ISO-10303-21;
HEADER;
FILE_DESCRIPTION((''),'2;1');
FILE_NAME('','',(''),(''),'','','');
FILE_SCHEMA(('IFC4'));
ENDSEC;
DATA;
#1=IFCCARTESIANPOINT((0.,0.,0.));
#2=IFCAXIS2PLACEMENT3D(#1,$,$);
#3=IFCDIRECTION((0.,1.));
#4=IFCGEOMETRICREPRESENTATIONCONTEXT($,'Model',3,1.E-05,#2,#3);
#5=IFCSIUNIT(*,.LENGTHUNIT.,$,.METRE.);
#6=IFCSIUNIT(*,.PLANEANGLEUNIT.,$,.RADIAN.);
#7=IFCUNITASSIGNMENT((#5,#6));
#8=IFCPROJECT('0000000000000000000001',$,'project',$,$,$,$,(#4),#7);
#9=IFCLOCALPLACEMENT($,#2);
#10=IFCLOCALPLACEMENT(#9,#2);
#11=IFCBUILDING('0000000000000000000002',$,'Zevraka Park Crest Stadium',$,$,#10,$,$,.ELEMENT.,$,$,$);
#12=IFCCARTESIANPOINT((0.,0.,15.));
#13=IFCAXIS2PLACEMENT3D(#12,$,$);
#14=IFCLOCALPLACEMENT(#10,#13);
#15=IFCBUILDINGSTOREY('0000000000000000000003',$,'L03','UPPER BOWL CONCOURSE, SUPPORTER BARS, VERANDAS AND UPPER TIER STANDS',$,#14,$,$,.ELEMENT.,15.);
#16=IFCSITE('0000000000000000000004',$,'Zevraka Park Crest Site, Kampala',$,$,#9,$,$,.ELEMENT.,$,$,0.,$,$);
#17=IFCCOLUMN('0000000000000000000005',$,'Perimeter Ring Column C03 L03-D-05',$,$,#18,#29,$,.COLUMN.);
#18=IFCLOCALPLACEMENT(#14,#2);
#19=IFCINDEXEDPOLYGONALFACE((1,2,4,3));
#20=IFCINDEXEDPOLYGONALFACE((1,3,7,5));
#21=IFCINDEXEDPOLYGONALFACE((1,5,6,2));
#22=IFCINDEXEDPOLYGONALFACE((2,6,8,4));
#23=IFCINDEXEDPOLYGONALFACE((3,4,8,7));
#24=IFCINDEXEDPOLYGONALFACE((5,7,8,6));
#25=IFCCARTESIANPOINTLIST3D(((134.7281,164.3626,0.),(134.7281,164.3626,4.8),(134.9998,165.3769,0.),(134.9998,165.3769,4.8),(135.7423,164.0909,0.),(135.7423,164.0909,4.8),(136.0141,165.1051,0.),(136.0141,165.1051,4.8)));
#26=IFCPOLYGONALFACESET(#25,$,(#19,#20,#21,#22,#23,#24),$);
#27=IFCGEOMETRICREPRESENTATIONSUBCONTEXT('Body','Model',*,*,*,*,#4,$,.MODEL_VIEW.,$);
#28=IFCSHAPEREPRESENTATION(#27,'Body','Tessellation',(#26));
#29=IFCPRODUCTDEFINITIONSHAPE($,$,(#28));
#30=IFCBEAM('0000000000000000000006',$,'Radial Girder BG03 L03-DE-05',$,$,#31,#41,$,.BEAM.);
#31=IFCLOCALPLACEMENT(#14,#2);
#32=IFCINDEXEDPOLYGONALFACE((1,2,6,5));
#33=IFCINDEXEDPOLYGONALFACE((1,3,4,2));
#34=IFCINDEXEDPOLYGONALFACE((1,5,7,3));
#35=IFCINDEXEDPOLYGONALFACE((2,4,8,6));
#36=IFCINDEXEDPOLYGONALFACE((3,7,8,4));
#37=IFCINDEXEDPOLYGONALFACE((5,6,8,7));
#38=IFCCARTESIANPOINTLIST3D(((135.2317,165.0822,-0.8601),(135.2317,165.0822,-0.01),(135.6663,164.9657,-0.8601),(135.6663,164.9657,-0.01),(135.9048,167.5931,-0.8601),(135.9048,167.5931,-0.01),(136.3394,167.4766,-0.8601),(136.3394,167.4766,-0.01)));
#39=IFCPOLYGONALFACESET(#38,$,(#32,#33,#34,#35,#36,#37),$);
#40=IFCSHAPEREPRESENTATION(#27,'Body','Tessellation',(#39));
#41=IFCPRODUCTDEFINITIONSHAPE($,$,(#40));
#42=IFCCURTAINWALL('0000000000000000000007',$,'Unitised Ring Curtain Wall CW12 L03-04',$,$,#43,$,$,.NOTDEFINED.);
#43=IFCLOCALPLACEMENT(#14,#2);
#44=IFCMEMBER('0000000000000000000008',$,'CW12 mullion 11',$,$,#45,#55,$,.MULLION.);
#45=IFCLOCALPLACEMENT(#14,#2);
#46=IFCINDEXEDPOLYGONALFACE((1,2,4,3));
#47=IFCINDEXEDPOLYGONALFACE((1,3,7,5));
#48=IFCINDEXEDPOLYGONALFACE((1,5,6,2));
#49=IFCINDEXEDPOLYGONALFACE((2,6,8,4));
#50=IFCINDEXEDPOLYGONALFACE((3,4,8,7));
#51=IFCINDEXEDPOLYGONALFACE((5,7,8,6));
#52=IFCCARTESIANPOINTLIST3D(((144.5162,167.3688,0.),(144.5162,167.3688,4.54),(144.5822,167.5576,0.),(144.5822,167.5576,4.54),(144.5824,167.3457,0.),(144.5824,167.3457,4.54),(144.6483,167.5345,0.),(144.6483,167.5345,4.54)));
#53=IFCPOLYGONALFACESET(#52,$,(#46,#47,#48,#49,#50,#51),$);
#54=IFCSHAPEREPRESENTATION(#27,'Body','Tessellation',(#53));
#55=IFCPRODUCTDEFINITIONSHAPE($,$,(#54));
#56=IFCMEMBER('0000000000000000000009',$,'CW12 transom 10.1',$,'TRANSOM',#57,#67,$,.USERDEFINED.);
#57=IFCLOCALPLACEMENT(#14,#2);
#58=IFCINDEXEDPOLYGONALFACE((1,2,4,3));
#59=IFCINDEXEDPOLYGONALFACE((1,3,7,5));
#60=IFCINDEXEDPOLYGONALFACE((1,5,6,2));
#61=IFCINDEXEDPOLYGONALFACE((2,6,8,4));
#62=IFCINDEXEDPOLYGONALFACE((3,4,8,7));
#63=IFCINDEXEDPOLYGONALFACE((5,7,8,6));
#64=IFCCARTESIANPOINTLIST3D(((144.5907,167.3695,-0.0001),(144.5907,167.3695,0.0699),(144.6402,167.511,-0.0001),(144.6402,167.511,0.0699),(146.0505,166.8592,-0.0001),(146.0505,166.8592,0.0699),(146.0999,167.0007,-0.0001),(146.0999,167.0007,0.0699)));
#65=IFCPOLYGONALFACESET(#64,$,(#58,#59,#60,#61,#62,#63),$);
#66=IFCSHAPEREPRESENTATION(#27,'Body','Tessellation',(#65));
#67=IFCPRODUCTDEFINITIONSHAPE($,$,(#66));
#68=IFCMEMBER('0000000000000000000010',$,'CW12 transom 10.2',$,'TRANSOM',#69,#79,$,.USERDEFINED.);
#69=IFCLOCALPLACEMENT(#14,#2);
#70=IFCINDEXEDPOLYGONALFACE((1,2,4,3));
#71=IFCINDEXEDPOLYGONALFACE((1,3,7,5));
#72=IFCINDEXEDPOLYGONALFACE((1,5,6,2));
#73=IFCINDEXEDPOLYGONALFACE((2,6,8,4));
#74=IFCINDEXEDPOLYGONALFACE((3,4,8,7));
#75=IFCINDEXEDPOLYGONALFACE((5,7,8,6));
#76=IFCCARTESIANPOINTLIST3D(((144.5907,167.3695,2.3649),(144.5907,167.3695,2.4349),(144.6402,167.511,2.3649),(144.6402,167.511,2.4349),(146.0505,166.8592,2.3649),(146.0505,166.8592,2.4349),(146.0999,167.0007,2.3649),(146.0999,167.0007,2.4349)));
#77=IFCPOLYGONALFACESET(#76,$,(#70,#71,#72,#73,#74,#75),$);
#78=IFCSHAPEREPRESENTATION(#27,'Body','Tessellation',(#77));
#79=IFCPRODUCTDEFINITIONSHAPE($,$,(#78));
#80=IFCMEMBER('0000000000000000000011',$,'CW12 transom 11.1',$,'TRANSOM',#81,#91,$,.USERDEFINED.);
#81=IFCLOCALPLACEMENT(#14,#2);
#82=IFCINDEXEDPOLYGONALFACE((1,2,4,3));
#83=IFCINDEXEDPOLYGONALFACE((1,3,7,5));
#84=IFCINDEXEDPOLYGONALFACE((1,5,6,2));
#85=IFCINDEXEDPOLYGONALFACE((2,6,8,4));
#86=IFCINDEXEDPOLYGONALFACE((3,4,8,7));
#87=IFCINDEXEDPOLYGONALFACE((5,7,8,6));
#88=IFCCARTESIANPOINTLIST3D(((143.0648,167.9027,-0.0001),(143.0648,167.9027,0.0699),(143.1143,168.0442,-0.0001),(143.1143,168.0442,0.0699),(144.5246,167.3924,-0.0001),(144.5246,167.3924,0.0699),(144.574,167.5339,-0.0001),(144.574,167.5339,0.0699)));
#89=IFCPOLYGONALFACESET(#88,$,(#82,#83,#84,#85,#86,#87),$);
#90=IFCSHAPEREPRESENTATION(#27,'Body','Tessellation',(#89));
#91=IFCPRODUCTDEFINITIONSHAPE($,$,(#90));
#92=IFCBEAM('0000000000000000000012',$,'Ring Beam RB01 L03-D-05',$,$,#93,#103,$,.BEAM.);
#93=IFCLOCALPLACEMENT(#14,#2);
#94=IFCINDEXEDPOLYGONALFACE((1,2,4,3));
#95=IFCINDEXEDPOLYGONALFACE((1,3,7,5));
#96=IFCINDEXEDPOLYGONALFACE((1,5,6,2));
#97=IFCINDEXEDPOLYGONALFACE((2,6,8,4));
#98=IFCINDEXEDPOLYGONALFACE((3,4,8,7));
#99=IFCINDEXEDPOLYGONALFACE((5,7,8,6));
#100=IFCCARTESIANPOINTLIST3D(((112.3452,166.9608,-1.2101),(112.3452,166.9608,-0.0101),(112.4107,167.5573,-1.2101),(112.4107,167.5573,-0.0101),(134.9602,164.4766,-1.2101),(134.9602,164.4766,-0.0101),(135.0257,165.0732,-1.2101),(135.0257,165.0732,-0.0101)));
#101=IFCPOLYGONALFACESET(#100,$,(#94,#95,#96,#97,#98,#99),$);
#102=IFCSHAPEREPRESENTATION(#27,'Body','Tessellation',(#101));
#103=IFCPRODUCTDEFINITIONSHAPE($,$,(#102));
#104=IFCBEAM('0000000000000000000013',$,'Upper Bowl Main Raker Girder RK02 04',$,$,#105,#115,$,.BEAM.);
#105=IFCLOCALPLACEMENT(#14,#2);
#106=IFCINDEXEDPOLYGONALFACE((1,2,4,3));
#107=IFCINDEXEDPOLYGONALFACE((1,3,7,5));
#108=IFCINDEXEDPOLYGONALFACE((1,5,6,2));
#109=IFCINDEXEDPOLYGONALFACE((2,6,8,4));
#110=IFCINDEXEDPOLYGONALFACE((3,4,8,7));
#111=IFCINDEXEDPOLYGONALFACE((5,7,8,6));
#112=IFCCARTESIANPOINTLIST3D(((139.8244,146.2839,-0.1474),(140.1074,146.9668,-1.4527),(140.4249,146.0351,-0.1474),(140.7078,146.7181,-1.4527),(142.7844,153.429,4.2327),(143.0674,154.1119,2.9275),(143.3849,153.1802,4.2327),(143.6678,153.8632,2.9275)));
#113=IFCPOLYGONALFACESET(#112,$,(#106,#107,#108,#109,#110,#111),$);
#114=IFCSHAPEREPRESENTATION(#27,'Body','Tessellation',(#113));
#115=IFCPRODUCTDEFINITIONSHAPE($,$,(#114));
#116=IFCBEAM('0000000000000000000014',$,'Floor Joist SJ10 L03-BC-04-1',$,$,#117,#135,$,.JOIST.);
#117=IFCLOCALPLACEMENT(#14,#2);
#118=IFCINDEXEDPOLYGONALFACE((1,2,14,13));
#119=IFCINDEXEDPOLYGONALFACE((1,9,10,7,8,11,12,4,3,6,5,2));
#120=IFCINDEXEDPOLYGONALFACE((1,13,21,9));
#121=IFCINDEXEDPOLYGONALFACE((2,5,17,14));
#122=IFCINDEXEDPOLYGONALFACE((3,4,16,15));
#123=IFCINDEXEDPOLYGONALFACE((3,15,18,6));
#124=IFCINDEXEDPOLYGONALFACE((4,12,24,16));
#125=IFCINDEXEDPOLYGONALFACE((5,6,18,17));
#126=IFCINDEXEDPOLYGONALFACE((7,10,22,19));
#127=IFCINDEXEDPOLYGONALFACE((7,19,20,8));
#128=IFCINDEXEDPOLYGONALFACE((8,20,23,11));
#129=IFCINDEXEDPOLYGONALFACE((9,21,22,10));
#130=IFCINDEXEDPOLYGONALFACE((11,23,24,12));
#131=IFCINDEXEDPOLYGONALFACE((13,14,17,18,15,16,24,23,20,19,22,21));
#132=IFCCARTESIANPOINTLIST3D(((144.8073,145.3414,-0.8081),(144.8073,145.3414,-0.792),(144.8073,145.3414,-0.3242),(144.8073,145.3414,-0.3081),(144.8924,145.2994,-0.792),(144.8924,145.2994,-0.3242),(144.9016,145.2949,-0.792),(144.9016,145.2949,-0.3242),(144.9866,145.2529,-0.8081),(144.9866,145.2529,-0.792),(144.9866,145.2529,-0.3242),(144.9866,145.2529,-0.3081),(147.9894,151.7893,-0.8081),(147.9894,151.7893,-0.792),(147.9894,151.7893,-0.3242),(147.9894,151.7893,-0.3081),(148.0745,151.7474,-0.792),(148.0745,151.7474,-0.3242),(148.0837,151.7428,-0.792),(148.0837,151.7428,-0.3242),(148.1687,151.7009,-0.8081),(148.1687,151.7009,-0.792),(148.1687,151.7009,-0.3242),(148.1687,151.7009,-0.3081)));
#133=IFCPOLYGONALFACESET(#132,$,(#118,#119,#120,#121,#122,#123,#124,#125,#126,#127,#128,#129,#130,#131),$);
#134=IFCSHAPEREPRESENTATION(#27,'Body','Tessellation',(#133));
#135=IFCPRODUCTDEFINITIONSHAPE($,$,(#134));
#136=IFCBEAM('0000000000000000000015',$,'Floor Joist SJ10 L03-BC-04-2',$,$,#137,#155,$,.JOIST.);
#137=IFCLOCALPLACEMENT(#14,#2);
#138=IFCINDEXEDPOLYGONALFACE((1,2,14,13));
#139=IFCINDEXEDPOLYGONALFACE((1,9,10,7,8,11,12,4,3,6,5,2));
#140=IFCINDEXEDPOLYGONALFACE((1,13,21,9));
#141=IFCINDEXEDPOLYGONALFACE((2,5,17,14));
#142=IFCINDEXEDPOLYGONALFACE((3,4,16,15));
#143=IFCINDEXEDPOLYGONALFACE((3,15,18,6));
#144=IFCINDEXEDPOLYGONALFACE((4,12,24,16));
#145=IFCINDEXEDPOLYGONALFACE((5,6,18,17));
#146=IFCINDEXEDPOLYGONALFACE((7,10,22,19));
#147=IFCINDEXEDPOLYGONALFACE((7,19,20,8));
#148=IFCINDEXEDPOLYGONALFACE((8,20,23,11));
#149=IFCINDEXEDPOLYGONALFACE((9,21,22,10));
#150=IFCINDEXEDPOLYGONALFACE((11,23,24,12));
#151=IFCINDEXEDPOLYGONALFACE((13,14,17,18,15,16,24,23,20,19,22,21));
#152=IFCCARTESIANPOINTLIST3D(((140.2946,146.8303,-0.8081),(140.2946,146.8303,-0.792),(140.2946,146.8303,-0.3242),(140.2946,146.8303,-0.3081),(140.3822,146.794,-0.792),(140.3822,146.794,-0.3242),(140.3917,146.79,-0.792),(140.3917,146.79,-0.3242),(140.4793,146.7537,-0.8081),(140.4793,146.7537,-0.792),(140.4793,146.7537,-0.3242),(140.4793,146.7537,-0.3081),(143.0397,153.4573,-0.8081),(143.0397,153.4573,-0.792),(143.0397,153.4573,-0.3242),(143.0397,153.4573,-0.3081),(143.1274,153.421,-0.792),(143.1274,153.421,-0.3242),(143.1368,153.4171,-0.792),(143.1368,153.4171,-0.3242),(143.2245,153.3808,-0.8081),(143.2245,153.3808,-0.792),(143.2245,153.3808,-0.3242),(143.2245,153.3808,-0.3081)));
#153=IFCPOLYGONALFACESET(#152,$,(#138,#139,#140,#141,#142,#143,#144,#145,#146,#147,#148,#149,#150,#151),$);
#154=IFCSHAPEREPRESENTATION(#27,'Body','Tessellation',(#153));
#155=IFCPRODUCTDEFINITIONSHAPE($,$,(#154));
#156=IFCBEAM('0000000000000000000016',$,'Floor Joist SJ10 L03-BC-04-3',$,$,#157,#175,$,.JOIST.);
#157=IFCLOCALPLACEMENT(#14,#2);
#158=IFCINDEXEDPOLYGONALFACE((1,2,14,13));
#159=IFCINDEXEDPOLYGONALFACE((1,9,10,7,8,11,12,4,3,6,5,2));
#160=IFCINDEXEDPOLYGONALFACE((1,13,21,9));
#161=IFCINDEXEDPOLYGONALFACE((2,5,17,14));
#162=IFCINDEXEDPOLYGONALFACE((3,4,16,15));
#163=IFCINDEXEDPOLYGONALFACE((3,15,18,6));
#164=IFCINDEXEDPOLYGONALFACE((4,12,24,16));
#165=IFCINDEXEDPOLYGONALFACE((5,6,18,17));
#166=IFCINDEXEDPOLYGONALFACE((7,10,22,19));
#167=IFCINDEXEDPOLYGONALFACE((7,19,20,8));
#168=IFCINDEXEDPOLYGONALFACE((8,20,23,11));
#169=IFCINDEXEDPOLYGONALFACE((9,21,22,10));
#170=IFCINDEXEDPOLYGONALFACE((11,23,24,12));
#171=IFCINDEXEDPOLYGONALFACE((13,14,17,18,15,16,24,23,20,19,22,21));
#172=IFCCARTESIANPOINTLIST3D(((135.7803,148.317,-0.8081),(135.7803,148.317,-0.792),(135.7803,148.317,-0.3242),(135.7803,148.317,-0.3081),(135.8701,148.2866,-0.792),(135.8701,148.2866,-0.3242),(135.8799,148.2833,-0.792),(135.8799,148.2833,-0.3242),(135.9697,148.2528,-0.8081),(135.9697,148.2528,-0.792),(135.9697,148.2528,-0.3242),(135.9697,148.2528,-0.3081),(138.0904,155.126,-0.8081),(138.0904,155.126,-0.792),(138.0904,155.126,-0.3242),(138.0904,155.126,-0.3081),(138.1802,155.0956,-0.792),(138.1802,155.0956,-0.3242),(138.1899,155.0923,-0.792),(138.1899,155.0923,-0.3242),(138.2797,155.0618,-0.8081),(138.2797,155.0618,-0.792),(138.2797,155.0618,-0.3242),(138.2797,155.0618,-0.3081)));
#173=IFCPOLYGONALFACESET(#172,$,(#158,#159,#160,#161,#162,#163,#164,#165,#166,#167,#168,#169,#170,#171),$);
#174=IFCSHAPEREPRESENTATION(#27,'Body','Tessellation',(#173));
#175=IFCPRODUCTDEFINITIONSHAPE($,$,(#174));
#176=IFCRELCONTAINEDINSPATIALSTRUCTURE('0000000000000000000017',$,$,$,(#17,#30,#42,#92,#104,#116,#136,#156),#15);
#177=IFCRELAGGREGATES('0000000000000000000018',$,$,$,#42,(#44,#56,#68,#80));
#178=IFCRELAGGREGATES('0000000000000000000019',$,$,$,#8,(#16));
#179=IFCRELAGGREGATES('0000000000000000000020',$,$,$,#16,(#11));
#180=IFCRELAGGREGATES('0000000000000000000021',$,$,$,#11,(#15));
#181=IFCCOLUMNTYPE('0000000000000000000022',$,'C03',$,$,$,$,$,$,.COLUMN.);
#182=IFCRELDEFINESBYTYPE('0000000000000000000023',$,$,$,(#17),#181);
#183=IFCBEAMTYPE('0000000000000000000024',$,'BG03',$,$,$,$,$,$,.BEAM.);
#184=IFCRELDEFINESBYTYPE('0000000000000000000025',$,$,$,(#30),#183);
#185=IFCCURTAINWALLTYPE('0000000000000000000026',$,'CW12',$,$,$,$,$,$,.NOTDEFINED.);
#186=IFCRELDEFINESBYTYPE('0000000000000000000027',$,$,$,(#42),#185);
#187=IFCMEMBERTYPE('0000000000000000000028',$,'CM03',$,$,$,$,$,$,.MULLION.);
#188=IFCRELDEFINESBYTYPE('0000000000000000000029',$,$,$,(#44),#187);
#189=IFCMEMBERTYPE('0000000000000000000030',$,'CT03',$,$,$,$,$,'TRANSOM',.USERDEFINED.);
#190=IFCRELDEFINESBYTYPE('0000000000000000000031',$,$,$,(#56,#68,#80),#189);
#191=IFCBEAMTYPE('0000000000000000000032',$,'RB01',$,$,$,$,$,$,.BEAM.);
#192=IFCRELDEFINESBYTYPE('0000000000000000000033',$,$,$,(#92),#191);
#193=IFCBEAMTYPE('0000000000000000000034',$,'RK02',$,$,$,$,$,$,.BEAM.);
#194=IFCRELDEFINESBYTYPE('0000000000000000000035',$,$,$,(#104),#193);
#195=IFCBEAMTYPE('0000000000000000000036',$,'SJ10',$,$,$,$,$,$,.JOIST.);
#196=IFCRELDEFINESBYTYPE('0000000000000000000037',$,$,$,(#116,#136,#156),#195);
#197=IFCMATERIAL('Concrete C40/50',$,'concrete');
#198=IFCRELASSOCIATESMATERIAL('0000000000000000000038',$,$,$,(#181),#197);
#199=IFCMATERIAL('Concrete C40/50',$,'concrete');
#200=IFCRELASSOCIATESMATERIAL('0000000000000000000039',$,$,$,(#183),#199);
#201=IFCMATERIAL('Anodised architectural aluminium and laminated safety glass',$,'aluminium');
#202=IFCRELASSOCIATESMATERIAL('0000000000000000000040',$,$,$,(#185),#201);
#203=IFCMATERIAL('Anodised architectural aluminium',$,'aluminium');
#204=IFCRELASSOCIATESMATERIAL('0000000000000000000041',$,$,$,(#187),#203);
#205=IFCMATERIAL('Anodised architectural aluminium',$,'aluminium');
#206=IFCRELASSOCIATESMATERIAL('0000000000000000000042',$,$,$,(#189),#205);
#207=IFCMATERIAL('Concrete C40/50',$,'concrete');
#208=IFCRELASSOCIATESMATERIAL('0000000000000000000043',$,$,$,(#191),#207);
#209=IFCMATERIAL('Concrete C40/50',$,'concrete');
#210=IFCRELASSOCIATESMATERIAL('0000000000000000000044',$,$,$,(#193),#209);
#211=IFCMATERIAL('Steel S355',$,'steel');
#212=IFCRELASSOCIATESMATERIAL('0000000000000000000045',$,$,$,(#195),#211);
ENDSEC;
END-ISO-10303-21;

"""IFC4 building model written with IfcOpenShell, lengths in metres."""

from ifc_helpers import new_model, si_unit, direction, frame, origin, origin_2d, place, context, subcontext, project, spatial, rectangle, i_section, extrude, material, material_profile, profile_set, type_object, element, aggregate, save


model = new_model("IFC4")

# Units and contexts
model_context = context("Model", 3, precision=1e-05, world=origin(), true_north=direction((0.0, 1.0)))
body_context = subcontext(model_context, "Body", "Model", "MODEL_VIEW")
ifc_project = project(units=[si_unit("LENGTHUNIT", "METRE"), si_unit("PLANEANGLEUNIT", "RADIAN")], contexts=[model_context])

# Site, building, storey
site_placement = place(None, origin())
site = spatial("IfcSite", under=ifc_project, at=site_placement, Name="Zevraka Park Crest Site, Kampala", CompositionType="ELEMENT", RefElevation=0.0)
building_placement = place(site_placement, origin())
building = spatial("IfcBuilding", under=site, at=building_placement, Name="Zevraka Park Crest Stadium", CompositionType="ELEMENT")
storey_placement = place(building_placement, frame((0.0, 0.0, 15.0)))
storey = spatial("IfcBuildingStorey", under=building, at=storey_placement, Name="L03", Description="UPPER BOWL CONCOURSE, SUPPORTER BARS, VERANDAS AND UPPER TIER STANDS", CompositionType="ELEMENT", Elevation=15.0)

# Column
ifc_material_1 = material(Name="Concrete C40/50", Category="concrete")
ifc_material_profile_1 = material_profile(ifc_material_1, rectangle(XDim=1.05, YDim=1.05, at=origin_2d()), Name="RC 1050x1050")
ifc_profile_set_1 = profile_set([ifc_material_profile_1], Name="Concrete C40/50")
column_type = type_object("IfcColumnType", Name="C03", PredefinedType="COLUMN", material=ifc_profile_set_1)
column_placement = place(storey_placement, frame((135.3711, 164.7339, 0.0), z_axis=(0.0, 0.0, 1.0), x_axis=(0.258819, 0.965926, 0.0)))
element("IfcColumn", 1, at=column_placement, inside=storey, type_object=column_type, Name="Perimeter Ring Column C03 L03-D-05", PredefinedType="COLUMN", context=body_context, shape_type="SweptSolid", body=[
    extrude(rectangle(XDim=1.05, YDim=1.05, at=origin_2d()), origin(), (0.0, 0.0, 1.0), 4.8),
])

# Beam
ifc_material_2 = material(Name="Concrete C40/50", Category="concrete")
ifc_material_profile_2 = material_profile(ifc_material_2, rectangle(XDim=0.45, YDim=0.8501, at=origin_2d()), Name="RC 850x450")
ifc_profile_set_2 = profile_set([ifc_material_profile_2], Name="Concrete C40/50")
beam_type_1 = type_object("IfcBeamType", Name="BG03", PredefinedType="BEAM", material=ifc_profile_set_2)
beam_1_placement = place(storey_placement, frame((135.449, 165.0239, -0.4351), z_axis=(0.258919, 0.965899, 0.0), x_axis=(-0.965899, 0.258919, 0.0)))
element("IfcBeam", 2, at=beam_1_placement, inside=storey, type_object=beam_type_1, Name="Radial Girder BG03 L03-DE-05", PredefinedType="BEAM", context=body_context, shape_type="SweptSolid", body=[
    extrude(rectangle(XDim=0.45, YDim=0.8501, at=origin_2d()), origin(), (0.0, 0.0, 1.0), 2.5996),
])

# Curtain wall, members
ifc_material_3 = material(Name="Anodised architectural aluminium and laminated safety glass", Category="aluminium")
curtain_wall_type = type_object("IfcCurtainWallType", Name="CW12", PredefinedType="NOTDEFINED", material=ifc_material_3)
curtain_wall_placement = place(storey_placement, origin())
curtain_wall = element("IfcCurtainWall", 3, at=curtain_wall_placement, inside=storey, type_object=curtain_wall_type, Name="Unitised Ring Curtain Wall CW12 L03-04", PredefinedType="NOTDEFINED")
ifc_material_4 = material(Name="Anodised architectural aluminium", Category="aluminium")
ifc_material_profile_3 = material_profile(ifc_material_4, rectangle(XDim=0.2, YDim=0.0701, at=origin_2d()), Name="ALU MULLION 200x70")
ifc_profile_set_3 = profile_set([ifc_material_profile_3], Name="Anodised architectural aluminium")
member_type_1 = type_object("IfcMemberType", Name="CM03", PredefinedType="MULLION", material=ifc_profile_set_3)
member_1_placement = place(storey_placement, frame((144.5823, 167.4517, 0.0), z_axis=(0.0, 0.0, 1.0), x_axis=(-0.329917, -0.94401, 0.0)))
member_1 = element("IfcMember", 4, at=member_1_placement, type_object=member_type_1, Name="CW12 mullion 11", PredefinedType="MULLION", context=body_context, shape_type="SweptSolid", body=[
    extrude(rectangle(XDim=0.2, YDim=0.0701, at=origin_2d()), origin(), (0.0, 0.0, 1.0), 4.54),
])
ifc_material_5 = material(Name="Anodised architectural aluminium", Category="aluminium")
ifc_material_profile_4 = material_profile(ifc_material_5, rectangle(XDim=0.1499, YDim=0.0701, at=origin_2d()), Name="ALU TRANSOM 150x70")
ifc_profile_set_4 = profile_set([ifc_material_profile_4], Name="Anodised architectural aluminium")
member_type_2 = type_object("IfcMemberType", Name="CT03", ElementType="TRANSOM", PredefinedType="USERDEFINED", material=ifc_profile_set_4)
member_2_placement = place(storey_placement, frame((146.0752, 166.9299, 0.0349), z_axis=(-0.943989, 0.329978, 0.0), x_axis=(-0.329978, -0.943989, 0.0)))
member_2 = element("IfcMember", 5, at=member_2_placement, type_object=member_type_2, Name="CW12 transom 10.1", ObjectType="TRANSOM", PredefinedType="USERDEFINED", context=body_context, shape_type="SweptSolid", body=[
    extrude(rectangle(XDim=0.1499, YDim=0.0701, at=origin_2d()), origin(), (0.0, 0.0, 1.0), 1.5464),
])
member_3_placement = place(storey_placement, frame((146.0752, 166.9299, 2.3999), z_axis=(-0.943989, 0.329978, 0.0), x_axis=(-0.329978, -0.943989, 0.0)))
member_3 = element("IfcMember", 6, at=member_3_placement, type_object=member_type_2, Name="CW12 transom 10.2", ObjectType="TRANSOM", PredefinedType="USERDEFINED", context=body_context, shape_type="SweptSolid", body=[
    extrude(rectangle(XDim=0.1499, YDim=0.0701, at=origin_2d()), origin(), (0.0, 0.0, 1.0), 1.5464),
])
member_4_placement = place(storey_placement, frame((144.5493, 167.4631, 0.0349), z_axis=(-0.943989, 0.329978, 0.0), x_axis=(-0.329978, -0.943989, 0.0)))
member_4 = element("IfcMember", 7, at=member_4_placement, type_object=member_type_2, Name="CW12 transom 11.1", ObjectType="TRANSOM", PredefinedType="USERDEFINED", context=body_context, shape_type="SweptSolid", body=[
    extrude(rectangle(XDim=0.1499, YDim=0.0701, at=origin_2d()), origin(), (0.0, 0.0, 1.0), 1.5464),
])

# Beams
ifc_material_6 = material(Name="Concrete C40/50", Category="concrete")
ifc_material_profile_5 = material_profile(ifc_material_6, rectangle(XDim=0.6001, YDim=1.2, at=origin_2d()), Name="RC 1200x600")
ifc_profile_set_5 = profile_set([ifc_material_profile_5], Name="Concrete C40/50")
beam_type_2 = type_object("IfcBeamType", Name="RB01", PredefinedType="BEAM", material=ifc_profile_set_5)
beam_2_placement = place(storey_placement, frame((134.9929, 164.7749, -0.6101), z_axis=(-0.994021, 0.109188, 0.0), x_axis=(-0.109188, -0.994021, 0.0)))
element("IfcBeam", 8, at=beam_2_placement, inside=storey, type_object=beam_type_2, Name="Ring Beam RB01 L03-D-05", PredefinedType="BEAM", context=body_context, shape_type="SweptSolid", body=[
    extrude(rectangle(XDim=0.6001, YDim=1.2, at=origin_2d()), origin(), (0.0, 0.0, 1.0), 22.751),
])
ifc_material_7 = material(Name="Concrete C40/50", Category="concrete")
ifc_material_profile_6 = material_profile(ifc_material_7, rectangle(XDim=0.6499, YDim=1.5, at=origin_2d()), Name="RC 1500x650")
ifc_profile_set_6 = profile_set([ifc_material_profile_6], Name="Concrete C40/50")
beam_type_3 = type_object("IfcBeamType", Name="RK02", PredefinedType="BEAM", material=ifc_profile_set_6)
beam_3_placement = place(storey_placement, frame((140.2661, 146.501, -0.8), z_axis=(0.333025, 0.803887, 0.492808), x_axis=(-0.923861, 0.382727, 0.0)))
element("IfcBeam", 9, at=beam_3_placement, inside=storey, type_object=beam_type_3, Name="Upper Bowl Main Raker Girder RK02 04", PredefinedType="BEAM", context=body_context, shape_type="SweptSolid", body=[
    extrude(rectangle(XDim=0.6499, YDim=1.5, at=origin_2d()), origin(), (0.0, 0.0, 1.0), 8.8882),
])
ifc_material_8 = material(Name="Steel S355", Category="steel")
ifc_material_profile_7 = material_profile(ifc_material_8, i_section(OverallWidth=0.2, OverallDepth=0.5, WebThickness=0.0103, FlangeThickness=0.0161, at=origin_2d()), Name="IPE 500")
ifc_profile_set_7 = profile_set([ifc_material_profile_7], Name="Steel S355")
beam_type_4 = type_object("IfcBeamType", Name="SJ10", PredefinedType="JOIST", material=ifc_profile_set_7)
beam_4_placement = place(storey_placement, frame((144.897, 145.2971, -0.5581), z_axis=(0.442549, 0.896744, 0.0), x_axis=(-0.896744, 0.442549, 0.0)))
element("IfcBeam", 10, at=beam_4_placement, inside=storey, type_object=beam_type_4, Name="Floor Joist SJ10 L03-BC-04-1", PredefinedType="JOIST", context=body_context, shape_type="SweptSolid", body=[
    extrude(i_section(OverallWidth=0.2, OverallDepth=0.5, WebThickness=0.0103, FlangeThickness=0.0161, at=origin_2d()), origin(), (0.0, 0.0, 1.0), 7.1904),
])
beam_5_placement = place(storey_placement, frame((140.387, 146.792, -0.5581), z_axis=(0.3827, 0.923872, 0.0), x_axis=(-0.923872, 0.3827, 0.0)))
element("IfcBeam", 11, at=beam_5_placement, inside=storey, type_object=beam_type_4, Name="Floor Joist SJ10 L03-BC-04-2", PredefinedType="JOIST", context=body_context, shape_type="SweptSolid", body=[
    extrude(i_section(OverallWidth=0.2, OverallDepth=0.5, WebThickness=0.0103, FlangeThickness=0.0161, at=origin_2d()), origin(), (0.0, 0.0, 1.0), 7.1731),
])
beam_6_placement = place(storey_placement, frame((135.875, 148.2849, -0.5581), z_axis=(0.321276, 0.946986, 0.0), x_axis=(-0.946986, 0.321276, 0.0)))
element("IfcBeam", 12, at=beam_6_placement, inside=storey, type_object=beam_type_4, Name="Floor Joist SJ10 L03-BC-04-3", PredefinedType="JOIST", context=body_context, shape_type="SweptSolid", body=[
    extrude(i_section(OverallWidth=0.2, OverallDepth=0.5, WebThickness=0.0103, FlangeThickness=0.0161, at=origin_2d()), origin(), (0.0, 0.0, 1.0), 7.1902),
])

aggregate(curtain_wall, [member_1, member_2, member_3, member_4])

save(model, "model.ifc")
